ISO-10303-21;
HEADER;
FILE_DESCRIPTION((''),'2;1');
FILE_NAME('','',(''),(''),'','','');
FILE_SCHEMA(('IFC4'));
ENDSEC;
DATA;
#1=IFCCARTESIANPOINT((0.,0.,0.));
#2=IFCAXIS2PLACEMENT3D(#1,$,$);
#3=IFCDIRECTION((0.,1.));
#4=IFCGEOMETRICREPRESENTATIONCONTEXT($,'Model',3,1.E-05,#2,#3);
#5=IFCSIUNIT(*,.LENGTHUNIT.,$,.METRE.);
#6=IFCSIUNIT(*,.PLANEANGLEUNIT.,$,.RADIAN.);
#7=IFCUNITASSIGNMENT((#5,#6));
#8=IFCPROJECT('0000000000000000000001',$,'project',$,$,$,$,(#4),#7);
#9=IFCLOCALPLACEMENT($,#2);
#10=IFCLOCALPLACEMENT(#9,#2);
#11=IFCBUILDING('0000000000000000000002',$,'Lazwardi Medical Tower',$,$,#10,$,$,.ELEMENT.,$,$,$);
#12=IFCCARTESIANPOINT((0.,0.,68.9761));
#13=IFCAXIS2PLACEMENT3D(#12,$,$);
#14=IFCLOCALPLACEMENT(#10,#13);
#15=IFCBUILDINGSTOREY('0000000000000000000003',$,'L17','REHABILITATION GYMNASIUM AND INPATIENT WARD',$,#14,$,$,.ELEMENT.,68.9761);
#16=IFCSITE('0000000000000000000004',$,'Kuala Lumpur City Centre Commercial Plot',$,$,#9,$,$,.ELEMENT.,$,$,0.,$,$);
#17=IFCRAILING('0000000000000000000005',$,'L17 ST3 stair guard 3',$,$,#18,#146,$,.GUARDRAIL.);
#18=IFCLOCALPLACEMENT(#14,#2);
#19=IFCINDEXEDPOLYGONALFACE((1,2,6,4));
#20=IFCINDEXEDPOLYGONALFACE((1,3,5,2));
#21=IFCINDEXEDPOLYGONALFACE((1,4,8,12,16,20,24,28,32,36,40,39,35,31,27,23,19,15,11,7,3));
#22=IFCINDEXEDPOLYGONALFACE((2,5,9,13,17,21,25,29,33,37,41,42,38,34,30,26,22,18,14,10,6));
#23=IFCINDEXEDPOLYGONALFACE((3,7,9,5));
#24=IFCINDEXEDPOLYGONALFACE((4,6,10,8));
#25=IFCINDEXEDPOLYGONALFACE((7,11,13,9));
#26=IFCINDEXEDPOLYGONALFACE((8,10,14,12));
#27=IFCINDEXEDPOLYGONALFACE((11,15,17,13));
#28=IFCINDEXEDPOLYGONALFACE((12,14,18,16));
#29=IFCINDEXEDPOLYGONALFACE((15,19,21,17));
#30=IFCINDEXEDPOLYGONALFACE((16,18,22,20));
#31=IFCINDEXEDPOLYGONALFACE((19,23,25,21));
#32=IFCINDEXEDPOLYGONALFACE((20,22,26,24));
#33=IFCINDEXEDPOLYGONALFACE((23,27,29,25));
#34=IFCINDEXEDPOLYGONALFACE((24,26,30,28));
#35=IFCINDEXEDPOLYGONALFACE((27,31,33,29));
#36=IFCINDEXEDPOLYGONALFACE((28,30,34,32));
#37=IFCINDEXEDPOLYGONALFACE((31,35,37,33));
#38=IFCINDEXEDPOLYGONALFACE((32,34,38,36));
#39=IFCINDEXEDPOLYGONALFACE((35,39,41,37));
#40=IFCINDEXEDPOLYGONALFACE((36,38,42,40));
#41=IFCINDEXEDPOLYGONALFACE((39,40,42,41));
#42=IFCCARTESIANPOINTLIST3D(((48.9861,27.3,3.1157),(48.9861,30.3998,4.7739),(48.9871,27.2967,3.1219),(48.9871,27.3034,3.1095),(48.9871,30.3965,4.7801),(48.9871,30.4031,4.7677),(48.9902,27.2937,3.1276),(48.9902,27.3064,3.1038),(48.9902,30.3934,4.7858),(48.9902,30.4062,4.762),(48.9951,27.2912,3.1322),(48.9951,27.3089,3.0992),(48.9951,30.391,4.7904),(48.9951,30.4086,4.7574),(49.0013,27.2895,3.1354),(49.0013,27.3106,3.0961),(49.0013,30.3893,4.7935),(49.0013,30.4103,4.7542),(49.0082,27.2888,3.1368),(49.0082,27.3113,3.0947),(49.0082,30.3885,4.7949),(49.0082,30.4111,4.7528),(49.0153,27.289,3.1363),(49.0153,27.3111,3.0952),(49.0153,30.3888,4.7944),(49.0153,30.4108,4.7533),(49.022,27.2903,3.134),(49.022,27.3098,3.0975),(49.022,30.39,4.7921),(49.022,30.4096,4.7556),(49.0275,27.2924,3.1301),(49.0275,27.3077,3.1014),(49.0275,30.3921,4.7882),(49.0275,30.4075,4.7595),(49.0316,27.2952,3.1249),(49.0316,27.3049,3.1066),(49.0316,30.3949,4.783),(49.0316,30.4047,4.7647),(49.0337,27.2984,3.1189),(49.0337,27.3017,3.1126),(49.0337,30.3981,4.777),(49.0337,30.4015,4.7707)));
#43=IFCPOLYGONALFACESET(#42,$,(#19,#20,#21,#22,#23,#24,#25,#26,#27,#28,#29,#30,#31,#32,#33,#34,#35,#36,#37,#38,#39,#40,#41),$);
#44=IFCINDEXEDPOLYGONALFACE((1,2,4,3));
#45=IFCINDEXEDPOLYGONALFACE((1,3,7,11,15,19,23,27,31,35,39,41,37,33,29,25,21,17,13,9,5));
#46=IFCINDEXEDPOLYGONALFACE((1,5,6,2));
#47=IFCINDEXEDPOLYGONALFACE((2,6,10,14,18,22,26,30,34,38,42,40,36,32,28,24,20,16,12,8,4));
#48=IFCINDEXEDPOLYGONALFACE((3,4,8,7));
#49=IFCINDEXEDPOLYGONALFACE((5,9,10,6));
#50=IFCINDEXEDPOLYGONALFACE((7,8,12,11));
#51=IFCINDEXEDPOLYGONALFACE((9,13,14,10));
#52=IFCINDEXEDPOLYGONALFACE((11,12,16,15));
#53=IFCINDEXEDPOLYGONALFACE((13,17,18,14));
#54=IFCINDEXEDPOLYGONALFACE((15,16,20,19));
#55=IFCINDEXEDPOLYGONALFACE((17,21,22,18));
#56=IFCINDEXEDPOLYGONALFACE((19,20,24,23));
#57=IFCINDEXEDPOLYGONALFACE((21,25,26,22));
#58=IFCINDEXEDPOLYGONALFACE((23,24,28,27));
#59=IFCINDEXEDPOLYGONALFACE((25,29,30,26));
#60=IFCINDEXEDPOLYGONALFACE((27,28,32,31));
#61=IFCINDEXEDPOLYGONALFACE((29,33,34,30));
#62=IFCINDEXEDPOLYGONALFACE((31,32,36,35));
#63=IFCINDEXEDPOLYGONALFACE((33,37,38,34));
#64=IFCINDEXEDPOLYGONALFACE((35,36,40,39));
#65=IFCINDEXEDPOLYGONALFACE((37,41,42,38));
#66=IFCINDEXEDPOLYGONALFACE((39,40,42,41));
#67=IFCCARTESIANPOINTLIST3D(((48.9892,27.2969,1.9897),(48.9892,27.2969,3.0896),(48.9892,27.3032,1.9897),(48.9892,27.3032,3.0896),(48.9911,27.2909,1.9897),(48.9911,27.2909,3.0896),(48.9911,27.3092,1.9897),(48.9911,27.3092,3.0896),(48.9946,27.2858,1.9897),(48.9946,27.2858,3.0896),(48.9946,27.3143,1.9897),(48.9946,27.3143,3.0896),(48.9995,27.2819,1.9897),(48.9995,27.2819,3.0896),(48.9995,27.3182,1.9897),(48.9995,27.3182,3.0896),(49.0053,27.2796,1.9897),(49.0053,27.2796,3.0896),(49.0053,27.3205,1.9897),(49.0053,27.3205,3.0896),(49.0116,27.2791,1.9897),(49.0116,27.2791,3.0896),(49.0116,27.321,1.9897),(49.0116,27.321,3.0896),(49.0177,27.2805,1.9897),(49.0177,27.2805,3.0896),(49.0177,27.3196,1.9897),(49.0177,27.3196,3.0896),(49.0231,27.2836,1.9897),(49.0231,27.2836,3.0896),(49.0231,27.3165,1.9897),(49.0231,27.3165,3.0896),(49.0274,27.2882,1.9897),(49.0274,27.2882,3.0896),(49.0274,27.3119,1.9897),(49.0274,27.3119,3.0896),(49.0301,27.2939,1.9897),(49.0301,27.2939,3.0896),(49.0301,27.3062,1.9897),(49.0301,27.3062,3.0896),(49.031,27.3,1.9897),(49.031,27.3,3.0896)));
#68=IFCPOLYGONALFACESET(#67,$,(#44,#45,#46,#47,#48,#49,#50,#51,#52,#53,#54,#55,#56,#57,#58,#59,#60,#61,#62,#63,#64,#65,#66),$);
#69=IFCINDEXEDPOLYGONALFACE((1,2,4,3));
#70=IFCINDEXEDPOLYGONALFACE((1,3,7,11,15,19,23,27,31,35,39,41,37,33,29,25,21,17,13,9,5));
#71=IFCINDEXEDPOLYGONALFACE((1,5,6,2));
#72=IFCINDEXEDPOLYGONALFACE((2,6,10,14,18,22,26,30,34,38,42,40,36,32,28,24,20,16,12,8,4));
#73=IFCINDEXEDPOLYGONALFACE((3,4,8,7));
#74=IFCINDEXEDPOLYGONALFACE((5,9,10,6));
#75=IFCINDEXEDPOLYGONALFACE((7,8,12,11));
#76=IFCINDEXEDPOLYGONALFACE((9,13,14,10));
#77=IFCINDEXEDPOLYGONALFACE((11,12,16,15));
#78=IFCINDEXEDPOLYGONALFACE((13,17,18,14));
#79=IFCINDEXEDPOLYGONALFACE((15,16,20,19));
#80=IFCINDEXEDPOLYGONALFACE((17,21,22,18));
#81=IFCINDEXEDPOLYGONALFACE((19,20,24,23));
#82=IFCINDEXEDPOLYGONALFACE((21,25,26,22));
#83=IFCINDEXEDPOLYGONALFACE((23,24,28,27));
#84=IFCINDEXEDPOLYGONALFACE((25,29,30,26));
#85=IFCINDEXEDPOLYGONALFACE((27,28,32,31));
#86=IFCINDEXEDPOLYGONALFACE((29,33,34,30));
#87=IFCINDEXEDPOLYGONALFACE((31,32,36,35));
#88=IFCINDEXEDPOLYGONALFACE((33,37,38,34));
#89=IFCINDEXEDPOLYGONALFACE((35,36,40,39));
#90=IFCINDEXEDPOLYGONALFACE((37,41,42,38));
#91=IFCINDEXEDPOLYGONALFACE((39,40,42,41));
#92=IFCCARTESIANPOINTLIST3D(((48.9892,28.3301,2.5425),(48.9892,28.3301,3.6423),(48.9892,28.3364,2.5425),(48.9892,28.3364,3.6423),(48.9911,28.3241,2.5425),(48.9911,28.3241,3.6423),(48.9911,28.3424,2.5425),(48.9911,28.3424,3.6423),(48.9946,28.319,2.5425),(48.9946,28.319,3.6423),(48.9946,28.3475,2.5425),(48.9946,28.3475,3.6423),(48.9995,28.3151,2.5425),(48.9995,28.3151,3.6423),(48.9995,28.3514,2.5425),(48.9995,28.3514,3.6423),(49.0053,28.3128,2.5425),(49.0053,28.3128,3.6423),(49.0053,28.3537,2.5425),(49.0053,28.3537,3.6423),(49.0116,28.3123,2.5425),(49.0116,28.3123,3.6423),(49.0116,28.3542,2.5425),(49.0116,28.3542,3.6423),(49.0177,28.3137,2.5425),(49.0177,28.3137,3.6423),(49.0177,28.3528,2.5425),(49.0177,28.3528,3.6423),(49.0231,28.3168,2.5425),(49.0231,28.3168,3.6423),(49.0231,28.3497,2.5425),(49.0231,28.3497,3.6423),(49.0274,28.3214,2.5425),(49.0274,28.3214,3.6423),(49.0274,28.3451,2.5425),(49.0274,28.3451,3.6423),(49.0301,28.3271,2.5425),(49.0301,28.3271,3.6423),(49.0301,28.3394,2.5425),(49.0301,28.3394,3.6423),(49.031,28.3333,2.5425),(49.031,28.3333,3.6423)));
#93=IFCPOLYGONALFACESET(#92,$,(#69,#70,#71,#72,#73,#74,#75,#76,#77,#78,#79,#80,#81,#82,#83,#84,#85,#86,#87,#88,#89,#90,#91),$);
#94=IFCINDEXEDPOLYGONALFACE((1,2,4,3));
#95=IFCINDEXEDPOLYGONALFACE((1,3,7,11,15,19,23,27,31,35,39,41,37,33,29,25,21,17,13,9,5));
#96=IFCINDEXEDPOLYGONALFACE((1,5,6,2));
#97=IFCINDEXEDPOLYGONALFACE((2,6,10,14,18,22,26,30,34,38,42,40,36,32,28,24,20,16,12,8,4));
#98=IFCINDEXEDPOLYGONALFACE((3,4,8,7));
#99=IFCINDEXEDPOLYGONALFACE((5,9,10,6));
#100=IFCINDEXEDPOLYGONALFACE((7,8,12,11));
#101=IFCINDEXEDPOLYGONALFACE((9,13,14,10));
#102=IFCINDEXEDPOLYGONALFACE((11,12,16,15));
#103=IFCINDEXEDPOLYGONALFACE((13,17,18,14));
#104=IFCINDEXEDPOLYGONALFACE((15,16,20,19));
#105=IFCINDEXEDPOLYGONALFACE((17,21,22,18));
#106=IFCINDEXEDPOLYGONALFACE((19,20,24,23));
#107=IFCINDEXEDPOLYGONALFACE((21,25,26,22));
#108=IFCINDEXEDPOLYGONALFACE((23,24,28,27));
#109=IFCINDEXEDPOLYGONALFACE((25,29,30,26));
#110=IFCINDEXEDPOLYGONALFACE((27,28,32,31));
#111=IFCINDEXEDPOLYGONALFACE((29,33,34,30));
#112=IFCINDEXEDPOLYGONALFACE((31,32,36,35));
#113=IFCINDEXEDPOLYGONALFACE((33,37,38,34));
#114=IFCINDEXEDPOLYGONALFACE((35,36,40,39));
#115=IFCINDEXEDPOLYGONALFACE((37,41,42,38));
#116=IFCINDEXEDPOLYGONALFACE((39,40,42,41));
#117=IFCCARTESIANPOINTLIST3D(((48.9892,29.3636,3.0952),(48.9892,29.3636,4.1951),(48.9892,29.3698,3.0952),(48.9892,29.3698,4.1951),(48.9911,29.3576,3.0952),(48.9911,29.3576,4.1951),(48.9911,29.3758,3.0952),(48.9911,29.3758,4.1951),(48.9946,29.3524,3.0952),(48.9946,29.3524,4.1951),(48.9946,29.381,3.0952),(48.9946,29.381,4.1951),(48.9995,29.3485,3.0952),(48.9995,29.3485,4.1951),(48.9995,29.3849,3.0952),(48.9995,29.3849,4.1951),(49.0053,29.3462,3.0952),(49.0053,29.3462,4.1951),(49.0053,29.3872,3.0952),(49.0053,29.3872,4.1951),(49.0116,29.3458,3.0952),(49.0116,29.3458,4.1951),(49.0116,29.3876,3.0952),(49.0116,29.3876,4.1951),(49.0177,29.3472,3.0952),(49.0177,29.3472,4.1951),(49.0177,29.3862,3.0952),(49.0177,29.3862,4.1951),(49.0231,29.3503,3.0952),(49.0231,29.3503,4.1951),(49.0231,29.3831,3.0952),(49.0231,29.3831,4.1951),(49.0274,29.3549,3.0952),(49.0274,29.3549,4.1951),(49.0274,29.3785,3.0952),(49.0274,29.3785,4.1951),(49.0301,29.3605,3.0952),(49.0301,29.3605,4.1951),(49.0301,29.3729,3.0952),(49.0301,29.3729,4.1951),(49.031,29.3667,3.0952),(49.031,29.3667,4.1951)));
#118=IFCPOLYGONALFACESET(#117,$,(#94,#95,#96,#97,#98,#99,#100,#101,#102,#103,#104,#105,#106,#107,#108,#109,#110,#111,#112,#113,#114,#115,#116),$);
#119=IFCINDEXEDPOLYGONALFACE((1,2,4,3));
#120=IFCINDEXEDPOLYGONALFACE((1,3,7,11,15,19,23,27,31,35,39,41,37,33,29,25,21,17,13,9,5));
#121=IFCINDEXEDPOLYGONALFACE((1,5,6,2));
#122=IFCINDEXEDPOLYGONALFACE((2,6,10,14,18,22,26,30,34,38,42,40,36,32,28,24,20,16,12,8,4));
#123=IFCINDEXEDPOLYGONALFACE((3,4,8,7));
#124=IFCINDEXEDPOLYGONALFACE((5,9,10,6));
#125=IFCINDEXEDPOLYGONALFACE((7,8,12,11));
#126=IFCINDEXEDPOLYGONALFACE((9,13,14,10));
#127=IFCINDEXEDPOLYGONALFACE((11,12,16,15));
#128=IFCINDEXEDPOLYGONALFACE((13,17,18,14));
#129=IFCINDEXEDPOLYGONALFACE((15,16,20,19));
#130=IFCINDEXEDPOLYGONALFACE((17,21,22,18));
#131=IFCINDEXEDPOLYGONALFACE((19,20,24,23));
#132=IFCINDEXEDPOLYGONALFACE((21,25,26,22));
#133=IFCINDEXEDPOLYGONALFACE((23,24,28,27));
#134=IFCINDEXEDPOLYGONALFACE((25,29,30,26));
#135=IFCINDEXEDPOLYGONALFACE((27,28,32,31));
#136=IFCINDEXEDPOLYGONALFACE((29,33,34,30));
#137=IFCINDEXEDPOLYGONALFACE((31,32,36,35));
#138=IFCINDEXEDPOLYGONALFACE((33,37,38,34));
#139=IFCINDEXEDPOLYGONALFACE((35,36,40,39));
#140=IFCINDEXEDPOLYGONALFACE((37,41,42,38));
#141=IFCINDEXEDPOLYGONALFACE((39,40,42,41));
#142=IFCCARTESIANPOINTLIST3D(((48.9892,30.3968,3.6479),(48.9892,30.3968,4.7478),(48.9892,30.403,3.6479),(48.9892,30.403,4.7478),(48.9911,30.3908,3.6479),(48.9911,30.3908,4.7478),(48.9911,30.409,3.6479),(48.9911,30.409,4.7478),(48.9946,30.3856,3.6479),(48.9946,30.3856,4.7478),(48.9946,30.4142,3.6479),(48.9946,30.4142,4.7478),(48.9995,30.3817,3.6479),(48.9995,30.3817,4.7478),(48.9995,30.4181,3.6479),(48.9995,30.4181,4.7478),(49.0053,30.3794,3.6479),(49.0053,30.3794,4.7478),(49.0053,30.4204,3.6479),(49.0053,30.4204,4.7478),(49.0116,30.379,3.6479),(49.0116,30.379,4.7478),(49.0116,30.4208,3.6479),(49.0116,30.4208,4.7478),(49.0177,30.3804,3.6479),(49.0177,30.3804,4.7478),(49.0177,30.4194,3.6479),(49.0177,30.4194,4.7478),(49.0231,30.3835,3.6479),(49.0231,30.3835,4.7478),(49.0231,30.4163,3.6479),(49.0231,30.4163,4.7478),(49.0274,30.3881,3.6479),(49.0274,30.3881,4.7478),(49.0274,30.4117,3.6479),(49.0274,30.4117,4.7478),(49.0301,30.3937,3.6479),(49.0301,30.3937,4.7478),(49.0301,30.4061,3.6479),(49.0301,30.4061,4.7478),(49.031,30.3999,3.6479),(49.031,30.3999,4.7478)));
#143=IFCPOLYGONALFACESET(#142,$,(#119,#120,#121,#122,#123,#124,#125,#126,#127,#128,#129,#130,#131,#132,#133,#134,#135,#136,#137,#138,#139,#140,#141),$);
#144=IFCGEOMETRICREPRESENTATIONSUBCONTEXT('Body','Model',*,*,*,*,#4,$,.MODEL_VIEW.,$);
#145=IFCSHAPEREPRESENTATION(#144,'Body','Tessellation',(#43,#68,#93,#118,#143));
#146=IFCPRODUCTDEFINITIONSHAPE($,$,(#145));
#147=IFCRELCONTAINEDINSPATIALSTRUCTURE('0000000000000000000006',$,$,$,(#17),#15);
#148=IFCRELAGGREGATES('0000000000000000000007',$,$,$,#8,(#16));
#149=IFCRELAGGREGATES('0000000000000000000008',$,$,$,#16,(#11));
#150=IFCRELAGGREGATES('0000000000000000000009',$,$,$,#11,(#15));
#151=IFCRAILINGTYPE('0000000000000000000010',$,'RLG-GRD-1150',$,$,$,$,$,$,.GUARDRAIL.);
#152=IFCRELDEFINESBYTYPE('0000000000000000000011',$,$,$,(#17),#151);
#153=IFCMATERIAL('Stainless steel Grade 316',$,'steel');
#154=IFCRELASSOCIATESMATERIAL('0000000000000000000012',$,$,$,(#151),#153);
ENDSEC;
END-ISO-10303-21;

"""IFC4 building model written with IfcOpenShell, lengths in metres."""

from ifc_helpers import new_model, si_unit, direction, frame, origin, origin_2d, place, context, subcontext, project, spatial, circle, extrude, material, type_object, element, save


model = new_model("IFC4")

# Units and contexts
model_context = context("Model", 3, precision=1e-05, world=origin(), true_north=direction((0.0, 1.0)))
body_context = subcontext(model_context, "Body", "Model", "MODEL_VIEW")
ifc_project = project(units=[si_unit("LENGTHUNIT", "METRE"), si_unit("PLANEANGLEUNIT", "RADIAN")], contexts=[model_context])

# Site, building, storey
site_placement = place(None, origin())
site = spatial("IfcSite", under=ifc_project, at=site_placement, Name="Kuala Lumpur City Centre Commercial Plot", CompositionType="ELEMENT", RefElevation=0.0)
building_placement = place(site_placement, origin())
building = spatial("IfcBuilding", under=site, at=building_placement, Name="Lazwardi Medical Tower", CompositionType="ELEMENT")
storey_placement = place(building_placement, frame((0.0, 0.0, 68.9761)))
storey = spatial("IfcBuildingStorey", under=building, at=storey_placement, Name="L17", Description="REHABILITATION GYMNASIUM AND INPATIENT WARD", CompositionType="ELEMENT", Elevation=68.9761)

# Railing
ifc_material_1 = material(Name="Stainless steel Grade 316", Category="steel")
railing_type_1 = type_object("IfcRailingType", Name="RLG-GRD-1150", PredefinedType="GUARDRAIL", material=ifc_material_1)
railing_1_placement = place(storey_placement, frame((49.01, 27.3, 1.9897)))
element("IfcRailing", 1, at=railing_1_placement, inside=storey, type_object=railing_type_1, Name="L17 ST3 stair guard 3", PredefinedType="GUARDRAIL", context=body_context, shape_type="SweptSolid", body=[
    extrude(circle(Radius=0.0239, at=origin_2d()), frame((0.0, 0.0, 1.126), z_axis=(0.0, 0.881768, 0.471684), x_axis=(-1.0, 0.0, 0.0)), (0.0, 0.0, 1.0), 3.5154),
    extrude(circle(Radius=0.021, at=origin_2d()), origin(), (0.0, 0.0, 1.0), 1.0999),
    extrude(circle(Radius=0.021, at=origin_2d()), frame((0.0, 1.0332, 0.5527)), (0.0, 0.0, 1.0), 1.0999),
    extrude(circle(Radius=0.021, at=origin_2d()), frame((0.0, 2.0667, 1.1055)), (0.0, 0.0, 1.0), 1.0999),
    extrude(circle(Radius=0.021, at=origin_2d()), frame((0.0, 3.0999, 1.6582)), (0.0, 0.0, 1.0), 1.0999),
])

save(model, "model.ifc")
